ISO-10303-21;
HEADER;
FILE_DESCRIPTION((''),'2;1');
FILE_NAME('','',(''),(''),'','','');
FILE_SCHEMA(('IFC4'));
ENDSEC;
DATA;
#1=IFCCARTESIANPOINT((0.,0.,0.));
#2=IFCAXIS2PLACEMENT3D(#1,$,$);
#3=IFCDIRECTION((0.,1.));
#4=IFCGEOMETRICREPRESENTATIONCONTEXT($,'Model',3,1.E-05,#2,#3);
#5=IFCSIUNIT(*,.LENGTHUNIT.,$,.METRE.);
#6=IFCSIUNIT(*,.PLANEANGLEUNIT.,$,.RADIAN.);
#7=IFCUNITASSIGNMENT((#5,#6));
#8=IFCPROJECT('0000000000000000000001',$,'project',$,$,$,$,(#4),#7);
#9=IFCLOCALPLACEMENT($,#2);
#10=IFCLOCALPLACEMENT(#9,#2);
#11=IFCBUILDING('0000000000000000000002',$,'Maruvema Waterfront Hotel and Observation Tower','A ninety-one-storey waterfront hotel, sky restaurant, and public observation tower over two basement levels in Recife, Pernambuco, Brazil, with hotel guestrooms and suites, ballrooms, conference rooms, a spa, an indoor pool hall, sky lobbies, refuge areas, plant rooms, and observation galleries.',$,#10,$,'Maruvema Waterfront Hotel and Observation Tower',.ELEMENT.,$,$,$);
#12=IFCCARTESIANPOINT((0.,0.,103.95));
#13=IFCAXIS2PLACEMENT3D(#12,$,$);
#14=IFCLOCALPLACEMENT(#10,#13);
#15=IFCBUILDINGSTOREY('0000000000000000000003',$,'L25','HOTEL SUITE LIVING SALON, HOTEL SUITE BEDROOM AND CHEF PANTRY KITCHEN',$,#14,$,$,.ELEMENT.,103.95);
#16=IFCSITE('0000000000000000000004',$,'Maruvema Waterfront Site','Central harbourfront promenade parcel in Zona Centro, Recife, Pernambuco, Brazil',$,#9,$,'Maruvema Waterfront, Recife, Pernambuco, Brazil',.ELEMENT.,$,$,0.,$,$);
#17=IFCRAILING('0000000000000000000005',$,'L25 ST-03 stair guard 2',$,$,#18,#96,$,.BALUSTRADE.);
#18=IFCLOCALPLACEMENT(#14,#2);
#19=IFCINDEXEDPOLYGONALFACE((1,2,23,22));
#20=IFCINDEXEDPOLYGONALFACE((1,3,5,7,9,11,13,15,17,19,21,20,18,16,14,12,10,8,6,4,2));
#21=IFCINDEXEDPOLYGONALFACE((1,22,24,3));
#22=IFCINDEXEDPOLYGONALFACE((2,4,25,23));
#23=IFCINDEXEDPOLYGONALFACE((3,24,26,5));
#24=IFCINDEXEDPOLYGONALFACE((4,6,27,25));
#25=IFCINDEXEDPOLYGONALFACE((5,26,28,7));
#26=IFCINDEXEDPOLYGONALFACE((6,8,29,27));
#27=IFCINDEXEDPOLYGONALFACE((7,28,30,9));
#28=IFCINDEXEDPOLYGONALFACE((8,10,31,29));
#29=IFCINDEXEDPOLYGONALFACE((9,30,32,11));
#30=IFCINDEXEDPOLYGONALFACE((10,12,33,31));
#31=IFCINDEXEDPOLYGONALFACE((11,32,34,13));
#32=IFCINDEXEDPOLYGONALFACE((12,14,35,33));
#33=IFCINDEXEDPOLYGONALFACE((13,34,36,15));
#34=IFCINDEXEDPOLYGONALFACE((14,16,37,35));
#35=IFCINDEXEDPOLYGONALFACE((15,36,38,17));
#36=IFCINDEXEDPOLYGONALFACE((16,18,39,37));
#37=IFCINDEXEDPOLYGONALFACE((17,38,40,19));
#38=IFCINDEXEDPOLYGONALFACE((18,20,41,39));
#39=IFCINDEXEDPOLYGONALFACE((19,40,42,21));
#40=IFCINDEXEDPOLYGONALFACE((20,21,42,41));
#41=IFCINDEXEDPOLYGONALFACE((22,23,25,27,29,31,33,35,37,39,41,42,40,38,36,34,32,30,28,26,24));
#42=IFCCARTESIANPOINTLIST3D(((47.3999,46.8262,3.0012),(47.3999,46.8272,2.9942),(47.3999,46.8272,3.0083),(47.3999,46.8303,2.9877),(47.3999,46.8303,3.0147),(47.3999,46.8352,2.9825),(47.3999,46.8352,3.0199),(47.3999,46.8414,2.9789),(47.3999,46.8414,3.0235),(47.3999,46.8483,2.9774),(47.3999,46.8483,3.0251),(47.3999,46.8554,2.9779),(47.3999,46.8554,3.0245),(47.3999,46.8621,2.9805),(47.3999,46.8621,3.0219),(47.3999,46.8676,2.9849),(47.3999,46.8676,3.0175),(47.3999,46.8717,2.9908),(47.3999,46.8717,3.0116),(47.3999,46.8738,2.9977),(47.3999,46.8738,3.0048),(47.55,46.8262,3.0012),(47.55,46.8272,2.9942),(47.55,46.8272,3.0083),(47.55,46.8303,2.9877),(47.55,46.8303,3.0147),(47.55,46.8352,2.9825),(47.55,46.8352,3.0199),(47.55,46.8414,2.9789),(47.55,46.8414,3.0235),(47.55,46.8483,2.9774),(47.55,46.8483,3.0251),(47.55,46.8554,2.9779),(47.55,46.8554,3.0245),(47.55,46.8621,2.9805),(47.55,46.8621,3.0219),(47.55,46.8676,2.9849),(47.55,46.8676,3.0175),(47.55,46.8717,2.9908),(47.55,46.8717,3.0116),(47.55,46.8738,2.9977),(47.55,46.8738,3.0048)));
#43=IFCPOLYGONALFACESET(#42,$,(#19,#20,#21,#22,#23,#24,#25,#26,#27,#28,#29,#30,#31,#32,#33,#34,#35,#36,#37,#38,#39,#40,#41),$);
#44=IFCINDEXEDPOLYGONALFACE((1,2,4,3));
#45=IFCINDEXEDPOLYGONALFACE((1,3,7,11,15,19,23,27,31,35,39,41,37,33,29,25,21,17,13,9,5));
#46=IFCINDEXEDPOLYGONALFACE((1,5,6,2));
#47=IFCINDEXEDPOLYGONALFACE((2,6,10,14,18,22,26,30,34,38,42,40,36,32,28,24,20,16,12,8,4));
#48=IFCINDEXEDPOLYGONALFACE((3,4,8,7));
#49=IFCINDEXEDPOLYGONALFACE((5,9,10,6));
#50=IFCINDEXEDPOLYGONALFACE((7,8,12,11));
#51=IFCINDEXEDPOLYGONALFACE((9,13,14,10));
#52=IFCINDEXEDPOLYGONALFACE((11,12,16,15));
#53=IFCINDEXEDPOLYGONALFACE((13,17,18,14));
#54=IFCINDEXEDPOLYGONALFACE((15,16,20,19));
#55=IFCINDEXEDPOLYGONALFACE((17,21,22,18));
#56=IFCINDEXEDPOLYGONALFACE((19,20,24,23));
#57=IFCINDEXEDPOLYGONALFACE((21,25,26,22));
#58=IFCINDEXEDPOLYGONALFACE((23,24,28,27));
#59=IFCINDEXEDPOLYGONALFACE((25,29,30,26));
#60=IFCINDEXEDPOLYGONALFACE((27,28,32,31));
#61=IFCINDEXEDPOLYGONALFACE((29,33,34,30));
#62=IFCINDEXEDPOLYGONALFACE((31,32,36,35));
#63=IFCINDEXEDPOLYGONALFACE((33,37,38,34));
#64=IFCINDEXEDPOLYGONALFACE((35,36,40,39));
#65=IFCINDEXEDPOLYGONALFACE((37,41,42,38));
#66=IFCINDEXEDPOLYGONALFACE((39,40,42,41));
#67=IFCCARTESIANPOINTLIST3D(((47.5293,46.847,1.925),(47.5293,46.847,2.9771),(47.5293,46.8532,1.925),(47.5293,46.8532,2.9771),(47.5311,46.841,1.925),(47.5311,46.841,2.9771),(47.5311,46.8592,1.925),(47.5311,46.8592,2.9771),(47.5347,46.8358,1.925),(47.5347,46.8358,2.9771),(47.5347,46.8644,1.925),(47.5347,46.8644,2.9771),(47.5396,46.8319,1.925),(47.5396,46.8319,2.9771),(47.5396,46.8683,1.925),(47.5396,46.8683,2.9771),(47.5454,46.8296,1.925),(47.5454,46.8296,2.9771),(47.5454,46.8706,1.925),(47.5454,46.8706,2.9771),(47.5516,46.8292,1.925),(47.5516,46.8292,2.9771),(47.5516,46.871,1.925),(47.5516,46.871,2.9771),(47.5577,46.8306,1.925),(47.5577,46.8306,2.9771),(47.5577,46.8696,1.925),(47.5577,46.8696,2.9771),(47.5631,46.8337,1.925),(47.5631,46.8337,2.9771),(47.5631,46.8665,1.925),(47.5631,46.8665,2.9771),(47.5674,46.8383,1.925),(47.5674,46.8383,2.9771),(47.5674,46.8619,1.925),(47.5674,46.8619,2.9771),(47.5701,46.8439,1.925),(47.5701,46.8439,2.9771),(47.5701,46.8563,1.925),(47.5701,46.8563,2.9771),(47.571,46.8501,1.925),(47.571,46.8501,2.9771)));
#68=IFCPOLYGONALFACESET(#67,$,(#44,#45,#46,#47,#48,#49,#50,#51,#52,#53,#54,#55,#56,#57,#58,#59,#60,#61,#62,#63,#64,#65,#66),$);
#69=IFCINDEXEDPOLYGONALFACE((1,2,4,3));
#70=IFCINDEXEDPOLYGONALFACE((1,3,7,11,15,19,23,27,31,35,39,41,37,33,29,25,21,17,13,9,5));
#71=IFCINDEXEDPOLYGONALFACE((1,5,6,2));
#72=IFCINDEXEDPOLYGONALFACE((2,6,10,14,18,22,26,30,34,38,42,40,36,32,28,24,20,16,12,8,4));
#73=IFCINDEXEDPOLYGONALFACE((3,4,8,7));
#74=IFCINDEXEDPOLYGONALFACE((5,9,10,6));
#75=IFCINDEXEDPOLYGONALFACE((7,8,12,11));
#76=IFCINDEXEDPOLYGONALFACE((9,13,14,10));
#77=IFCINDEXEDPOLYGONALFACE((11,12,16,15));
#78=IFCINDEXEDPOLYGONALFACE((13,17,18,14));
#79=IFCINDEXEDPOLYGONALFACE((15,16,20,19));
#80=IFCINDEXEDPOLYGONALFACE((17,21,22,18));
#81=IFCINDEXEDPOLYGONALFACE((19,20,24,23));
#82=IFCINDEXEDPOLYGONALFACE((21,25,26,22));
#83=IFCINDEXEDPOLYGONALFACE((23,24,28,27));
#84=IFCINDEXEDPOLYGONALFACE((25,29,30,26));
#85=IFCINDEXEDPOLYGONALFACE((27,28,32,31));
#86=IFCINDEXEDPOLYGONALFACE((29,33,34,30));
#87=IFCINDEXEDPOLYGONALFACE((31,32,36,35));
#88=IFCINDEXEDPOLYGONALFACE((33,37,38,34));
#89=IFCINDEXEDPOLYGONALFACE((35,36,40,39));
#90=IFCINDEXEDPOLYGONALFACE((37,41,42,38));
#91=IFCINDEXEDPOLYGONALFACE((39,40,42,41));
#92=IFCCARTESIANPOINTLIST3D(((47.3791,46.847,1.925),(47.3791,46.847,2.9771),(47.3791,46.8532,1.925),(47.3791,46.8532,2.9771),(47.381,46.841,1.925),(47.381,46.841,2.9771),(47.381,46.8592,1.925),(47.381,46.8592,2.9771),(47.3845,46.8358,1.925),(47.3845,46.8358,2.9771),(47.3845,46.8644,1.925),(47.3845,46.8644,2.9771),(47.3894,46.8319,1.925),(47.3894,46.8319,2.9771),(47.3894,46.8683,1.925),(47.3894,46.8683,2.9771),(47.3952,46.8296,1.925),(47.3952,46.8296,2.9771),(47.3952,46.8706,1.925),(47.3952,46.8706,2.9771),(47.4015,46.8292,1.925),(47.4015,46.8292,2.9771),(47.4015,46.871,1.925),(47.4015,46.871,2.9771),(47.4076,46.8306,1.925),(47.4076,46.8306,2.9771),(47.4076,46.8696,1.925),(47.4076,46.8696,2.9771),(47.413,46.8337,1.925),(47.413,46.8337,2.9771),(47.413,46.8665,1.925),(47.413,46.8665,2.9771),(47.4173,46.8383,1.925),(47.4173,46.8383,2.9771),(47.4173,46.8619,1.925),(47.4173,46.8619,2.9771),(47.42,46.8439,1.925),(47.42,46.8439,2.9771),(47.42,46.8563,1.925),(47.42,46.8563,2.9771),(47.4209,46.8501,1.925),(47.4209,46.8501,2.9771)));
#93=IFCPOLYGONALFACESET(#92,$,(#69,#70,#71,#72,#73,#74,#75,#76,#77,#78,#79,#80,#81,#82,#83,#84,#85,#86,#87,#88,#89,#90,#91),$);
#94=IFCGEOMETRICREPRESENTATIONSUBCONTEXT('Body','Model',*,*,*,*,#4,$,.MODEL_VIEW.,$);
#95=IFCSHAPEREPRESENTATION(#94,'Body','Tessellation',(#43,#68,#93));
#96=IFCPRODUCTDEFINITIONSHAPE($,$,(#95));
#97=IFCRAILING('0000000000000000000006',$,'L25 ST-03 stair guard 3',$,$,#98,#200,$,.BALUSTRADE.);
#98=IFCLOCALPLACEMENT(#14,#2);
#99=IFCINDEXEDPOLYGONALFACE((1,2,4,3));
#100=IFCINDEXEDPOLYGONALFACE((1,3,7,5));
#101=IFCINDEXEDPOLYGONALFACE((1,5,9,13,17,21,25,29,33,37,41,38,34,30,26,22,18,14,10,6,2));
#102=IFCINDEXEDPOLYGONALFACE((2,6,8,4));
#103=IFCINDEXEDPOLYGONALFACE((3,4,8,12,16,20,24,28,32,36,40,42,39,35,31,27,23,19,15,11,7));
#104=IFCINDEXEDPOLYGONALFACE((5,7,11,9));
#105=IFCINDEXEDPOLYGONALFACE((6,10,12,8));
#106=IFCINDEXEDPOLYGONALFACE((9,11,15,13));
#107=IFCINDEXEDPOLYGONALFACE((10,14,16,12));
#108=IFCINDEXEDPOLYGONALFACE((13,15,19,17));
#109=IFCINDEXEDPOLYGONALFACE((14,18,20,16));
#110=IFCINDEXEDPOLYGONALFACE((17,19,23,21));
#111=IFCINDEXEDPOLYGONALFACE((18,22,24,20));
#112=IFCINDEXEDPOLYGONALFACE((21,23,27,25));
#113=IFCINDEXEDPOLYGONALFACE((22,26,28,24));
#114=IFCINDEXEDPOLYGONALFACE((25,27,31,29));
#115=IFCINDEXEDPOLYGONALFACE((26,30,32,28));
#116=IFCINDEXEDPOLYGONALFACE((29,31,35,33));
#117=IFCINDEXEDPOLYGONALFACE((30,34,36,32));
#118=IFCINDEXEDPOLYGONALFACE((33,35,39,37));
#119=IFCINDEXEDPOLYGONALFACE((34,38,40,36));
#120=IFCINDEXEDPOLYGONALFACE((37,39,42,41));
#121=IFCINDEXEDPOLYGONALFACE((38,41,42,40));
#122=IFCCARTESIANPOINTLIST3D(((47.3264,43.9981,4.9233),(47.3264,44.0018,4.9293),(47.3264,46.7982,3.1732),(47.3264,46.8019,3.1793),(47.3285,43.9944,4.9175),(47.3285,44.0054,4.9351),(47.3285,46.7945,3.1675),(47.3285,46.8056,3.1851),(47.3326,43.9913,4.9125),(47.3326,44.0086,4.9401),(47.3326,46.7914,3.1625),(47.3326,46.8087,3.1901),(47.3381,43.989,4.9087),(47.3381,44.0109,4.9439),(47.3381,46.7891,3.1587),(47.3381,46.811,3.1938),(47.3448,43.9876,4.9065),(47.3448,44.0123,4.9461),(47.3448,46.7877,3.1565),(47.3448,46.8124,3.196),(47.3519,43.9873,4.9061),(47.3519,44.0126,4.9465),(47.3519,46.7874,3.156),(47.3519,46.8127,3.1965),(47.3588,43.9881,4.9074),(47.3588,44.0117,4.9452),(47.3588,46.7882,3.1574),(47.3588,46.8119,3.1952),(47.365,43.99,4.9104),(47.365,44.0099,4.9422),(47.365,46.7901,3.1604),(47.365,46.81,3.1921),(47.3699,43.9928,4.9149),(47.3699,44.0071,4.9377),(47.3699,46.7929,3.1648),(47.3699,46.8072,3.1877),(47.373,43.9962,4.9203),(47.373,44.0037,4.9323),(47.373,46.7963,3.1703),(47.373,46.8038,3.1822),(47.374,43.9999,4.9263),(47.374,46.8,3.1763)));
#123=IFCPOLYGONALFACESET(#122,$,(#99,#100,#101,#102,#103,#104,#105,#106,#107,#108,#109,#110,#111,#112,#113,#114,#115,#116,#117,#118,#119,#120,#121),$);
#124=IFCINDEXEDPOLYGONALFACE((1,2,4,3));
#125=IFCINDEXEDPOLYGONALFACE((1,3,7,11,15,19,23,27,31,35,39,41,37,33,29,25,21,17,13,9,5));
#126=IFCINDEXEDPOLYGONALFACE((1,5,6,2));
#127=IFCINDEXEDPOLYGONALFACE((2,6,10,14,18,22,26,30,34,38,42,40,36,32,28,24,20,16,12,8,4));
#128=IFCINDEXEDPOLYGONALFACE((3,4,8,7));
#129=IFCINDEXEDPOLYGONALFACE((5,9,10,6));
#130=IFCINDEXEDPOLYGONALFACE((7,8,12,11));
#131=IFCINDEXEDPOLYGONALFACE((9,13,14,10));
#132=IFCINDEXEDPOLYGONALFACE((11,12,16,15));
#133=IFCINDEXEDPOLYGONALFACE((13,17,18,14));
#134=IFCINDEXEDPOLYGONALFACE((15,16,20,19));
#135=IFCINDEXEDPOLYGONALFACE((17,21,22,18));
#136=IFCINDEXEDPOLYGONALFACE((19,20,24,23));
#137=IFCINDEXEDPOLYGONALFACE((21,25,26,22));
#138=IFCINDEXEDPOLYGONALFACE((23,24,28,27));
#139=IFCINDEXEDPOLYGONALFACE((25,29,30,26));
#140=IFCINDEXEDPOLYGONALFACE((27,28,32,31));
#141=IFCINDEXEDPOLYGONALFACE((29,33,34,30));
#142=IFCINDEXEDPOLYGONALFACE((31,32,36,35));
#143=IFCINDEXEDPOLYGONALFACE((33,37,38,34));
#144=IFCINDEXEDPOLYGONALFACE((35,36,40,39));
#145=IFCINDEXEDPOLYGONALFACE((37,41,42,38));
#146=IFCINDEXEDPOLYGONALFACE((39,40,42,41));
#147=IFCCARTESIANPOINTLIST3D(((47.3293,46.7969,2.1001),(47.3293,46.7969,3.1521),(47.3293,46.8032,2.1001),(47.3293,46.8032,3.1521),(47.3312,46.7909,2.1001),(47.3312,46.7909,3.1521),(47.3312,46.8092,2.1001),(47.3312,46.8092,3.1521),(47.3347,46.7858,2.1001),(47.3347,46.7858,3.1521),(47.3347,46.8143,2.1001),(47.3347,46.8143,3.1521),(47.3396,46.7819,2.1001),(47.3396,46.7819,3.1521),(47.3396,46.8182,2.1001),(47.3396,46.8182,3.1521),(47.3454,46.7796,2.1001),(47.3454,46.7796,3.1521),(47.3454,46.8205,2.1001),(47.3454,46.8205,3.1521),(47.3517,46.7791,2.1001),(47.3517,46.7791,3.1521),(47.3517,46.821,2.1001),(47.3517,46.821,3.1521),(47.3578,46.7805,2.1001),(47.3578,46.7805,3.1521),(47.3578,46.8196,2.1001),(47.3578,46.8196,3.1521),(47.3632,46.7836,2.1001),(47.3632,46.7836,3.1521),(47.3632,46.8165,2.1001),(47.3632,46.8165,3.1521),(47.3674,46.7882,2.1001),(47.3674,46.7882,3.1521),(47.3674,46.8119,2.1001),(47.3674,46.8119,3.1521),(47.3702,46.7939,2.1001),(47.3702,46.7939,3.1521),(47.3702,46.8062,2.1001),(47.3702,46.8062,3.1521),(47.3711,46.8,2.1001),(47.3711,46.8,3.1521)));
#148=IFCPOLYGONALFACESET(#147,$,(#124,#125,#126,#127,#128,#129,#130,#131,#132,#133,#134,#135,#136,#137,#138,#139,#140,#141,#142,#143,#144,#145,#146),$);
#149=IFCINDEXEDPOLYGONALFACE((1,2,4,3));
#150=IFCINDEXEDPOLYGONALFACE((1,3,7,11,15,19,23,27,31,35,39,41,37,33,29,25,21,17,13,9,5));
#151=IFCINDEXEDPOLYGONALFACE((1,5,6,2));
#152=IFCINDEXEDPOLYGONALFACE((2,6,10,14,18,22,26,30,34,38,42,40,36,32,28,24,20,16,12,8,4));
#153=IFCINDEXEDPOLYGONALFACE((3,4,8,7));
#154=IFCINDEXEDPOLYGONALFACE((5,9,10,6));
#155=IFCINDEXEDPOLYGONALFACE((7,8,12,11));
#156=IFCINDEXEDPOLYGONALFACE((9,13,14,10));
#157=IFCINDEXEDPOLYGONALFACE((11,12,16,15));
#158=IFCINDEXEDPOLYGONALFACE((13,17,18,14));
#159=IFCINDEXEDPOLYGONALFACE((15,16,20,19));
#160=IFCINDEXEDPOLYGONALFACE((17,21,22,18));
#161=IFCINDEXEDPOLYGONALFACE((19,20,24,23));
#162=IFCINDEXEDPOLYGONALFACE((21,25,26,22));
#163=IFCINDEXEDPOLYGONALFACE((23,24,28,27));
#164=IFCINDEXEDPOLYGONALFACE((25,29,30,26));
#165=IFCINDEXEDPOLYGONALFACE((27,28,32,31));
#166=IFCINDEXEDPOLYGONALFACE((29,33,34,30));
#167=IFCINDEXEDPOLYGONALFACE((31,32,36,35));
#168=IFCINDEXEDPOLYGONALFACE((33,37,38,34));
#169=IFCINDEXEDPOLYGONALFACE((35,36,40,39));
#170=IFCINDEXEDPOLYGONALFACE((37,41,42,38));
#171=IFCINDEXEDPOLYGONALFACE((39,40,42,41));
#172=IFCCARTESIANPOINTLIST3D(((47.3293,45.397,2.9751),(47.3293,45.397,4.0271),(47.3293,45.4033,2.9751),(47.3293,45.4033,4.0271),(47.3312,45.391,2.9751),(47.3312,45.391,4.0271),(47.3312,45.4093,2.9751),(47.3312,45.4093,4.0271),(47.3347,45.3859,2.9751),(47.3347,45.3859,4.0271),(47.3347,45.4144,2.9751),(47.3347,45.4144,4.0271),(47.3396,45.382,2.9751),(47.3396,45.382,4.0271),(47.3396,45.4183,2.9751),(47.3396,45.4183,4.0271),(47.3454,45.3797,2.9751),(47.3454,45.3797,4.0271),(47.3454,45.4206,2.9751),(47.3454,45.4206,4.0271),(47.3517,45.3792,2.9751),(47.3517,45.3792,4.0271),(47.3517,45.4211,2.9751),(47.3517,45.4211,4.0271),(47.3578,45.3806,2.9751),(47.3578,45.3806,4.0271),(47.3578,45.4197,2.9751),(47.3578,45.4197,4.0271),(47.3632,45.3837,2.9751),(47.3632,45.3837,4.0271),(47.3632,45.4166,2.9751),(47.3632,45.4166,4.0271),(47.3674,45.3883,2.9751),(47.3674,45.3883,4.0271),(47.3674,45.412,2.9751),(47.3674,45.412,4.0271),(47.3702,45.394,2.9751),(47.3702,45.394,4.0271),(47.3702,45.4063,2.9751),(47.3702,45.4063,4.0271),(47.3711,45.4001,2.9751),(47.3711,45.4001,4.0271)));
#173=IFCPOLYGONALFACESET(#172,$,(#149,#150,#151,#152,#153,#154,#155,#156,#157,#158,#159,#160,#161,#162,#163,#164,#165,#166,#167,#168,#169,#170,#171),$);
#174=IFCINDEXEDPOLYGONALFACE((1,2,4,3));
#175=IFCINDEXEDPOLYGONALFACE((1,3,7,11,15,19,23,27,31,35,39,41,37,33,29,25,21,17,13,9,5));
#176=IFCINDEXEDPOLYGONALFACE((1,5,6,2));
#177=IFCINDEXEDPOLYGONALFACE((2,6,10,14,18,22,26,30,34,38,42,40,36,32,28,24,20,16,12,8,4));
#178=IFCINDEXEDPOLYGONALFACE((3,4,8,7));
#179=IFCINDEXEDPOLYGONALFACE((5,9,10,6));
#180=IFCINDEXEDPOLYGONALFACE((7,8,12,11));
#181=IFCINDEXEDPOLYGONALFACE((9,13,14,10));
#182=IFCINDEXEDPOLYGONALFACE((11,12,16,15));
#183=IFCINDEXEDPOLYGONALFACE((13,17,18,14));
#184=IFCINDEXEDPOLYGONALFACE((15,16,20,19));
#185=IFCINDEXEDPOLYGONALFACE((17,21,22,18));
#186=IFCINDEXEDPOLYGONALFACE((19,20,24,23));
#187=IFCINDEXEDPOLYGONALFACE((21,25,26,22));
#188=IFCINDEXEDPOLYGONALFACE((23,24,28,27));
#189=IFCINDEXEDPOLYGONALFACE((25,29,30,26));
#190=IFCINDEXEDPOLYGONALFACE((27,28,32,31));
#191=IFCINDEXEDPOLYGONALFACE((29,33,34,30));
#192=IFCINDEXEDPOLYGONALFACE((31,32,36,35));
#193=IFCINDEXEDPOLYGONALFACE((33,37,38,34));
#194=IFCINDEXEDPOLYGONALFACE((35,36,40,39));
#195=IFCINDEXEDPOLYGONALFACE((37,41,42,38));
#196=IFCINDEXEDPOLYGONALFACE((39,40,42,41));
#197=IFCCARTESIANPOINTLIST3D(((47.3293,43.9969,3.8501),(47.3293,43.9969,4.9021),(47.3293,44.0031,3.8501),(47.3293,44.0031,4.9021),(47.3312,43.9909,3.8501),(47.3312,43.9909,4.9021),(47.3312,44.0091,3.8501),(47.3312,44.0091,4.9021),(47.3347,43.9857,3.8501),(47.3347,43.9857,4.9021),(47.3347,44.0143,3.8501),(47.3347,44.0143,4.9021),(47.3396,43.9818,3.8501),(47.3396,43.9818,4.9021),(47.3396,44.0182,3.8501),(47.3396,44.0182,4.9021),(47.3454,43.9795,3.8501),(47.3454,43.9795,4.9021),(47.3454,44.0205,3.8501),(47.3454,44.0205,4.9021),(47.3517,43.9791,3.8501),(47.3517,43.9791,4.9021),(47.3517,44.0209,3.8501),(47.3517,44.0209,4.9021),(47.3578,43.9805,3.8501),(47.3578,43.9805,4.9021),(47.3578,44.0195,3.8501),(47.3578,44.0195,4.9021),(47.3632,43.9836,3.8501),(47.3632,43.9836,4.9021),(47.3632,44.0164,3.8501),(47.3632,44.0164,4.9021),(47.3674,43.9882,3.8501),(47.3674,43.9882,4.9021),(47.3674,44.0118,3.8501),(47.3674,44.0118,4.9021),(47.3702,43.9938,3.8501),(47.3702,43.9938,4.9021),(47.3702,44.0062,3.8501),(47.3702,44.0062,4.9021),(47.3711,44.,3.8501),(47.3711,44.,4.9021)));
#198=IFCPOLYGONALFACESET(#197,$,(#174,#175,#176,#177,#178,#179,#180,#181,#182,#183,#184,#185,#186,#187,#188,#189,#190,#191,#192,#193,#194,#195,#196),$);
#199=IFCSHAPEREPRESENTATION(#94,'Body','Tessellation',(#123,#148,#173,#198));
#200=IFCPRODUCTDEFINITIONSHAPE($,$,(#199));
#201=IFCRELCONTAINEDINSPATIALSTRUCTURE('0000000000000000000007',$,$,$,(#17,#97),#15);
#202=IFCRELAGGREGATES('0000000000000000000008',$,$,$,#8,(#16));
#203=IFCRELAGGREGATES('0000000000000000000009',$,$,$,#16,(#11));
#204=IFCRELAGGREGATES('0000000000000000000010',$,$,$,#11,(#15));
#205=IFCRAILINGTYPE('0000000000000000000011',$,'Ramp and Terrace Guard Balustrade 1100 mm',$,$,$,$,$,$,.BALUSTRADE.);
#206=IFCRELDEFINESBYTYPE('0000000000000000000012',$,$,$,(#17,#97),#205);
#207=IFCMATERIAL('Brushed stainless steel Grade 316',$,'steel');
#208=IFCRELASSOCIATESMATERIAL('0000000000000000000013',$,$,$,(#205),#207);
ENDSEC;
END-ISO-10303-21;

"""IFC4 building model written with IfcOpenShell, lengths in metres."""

from ifc_helpers import new_model, si_unit, direction, frame, origin, origin_2d, place, context, subcontext, project, spatial, circle, extrude, material, type_object, element, save


model = new_model("IFC4")

# Units and contexts
model_context = context("Model", 3, precision=1e-05, world=origin(), true_north=direction((0.0, 1.0)))
body_context = subcontext(model_context, "Body", "Model", "MODEL_VIEW")
ifc_project = project(units=[si_unit("LENGTHUNIT", "METRE"), si_unit("PLANEANGLEUNIT", "RADIAN")], contexts=[model_context])

# Site, building, storey
site_placement = place(None, origin())
site = spatial("IfcSite", under=ifc_project, at=site_placement, Name="Maruvema Waterfront Site", Description="Central harbourfront promenade parcel in Zona Centro, Recife, Pernambuco, Brazil", LongName="Maruvema Waterfront, Recife, Pernambuco, Brazil", CompositionType="ELEMENT", RefElevation=0.0)
building_placement = place(site_placement, origin())
building = spatial("IfcBuilding", under=site, at=building_placement, Name="Maruvema Waterfront Hotel and Observation Tower", Description="A ninety-one-storey waterfront hotel, sky restaurant, and public observation tower over two basement levels in Recife, Pernambuco, Brazil, with hotel guestrooms and suites, ballrooms, conference rooms, a spa, an indoor pool hall, sky lobbies, refuge areas, plant rooms, and observation galleries.", LongName="Maruvema Waterfront Hotel and Observation Tower", CompositionType="ELEMENT")
storey_placement = place(building_placement, frame((0.0, 0.0, 103.95)))
storey = spatial("IfcBuildingStorey", under=building, at=storey_placement, Name="L25", Description="HOTEL SUITE LIVING SALON, HOTEL SUITE BEDROOM AND CHEF PANTRY KITCHEN", CompositionType="ELEMENT", Elevation=103.95)

# Railings
ifc_material_1 = material(Name="Brushed stainless steel Grade 316", Category="steel")
railing_type_1 = type_object("IfcRailingType", Name="Ramp and Terrace Guard Balustrade 1100 mm", PredefinedType="BALUSTRADE", material=ifc_material_1)
railing_1_placement = place(storey_placement, frame((47.55, 46.8501, 1.925)))
element("IfcRailing", 1, at=railing_1_placement, inside=storey, type_object=railing_type_1, Name="L25 ST-03 stair guard 2", PredefinedType="BALUSTRADE", context=body_context, shape_type="SweptSolid", body=[
    extrude(circle(Radius=0.0239, at=origin_2d()), frame((0.0, 0.0, 1.0762), z_axis=(-1.0, 0.0, 0.0), x_axis=(0.0, -1.0, 0.0)), (0.0, 0.0, 1.0), 0.1501),
    extrude(circle(Radius=0.021, at=origin_2d()), origin(), (0.0, 0.0, 1.0), 1.052),
    extrude(circle(Radius=0.021, at=origin_2d()), frame((-0.1501, 0.0, 0.0)), (0.0, 0.0, 1.0), 1.052),
])
railing_2_placement = place(storey_placement, frame((47.3501, 46.8, 2.1001)))
element("IfcRailing", 2, at=railing_2_placement, inside=storey, type_object=railing_type_1, Name="L25 ST-03 stair guard 3", PredefinedType="BALUSTRADE", context=body_context, shape_type="SweptSolid", body=[
    extrude(circle(Radius=0.0239, at=origin_2d()), frame((0.0, 0.0, 1.0762), z_axis=(0.0, -0.848002, 0.529992), x_axis=(1.0, 0.0, 0.0)), (0.0, 0.0, 1.0), 3.302),
    extrude(circle(Radius=0.021, at=origin_2d()), origin(), (0.0, 0.0, 1.0), 1.052),
    extrude(circle(Radius=0.021, at=origin_2d()), frame((0.0, -1.3999, 0.875)), (0.0, 0.0, 1.0), 1.052),
    extrude(circle(Radius=0.021, at=origin_2d()), frame((0.0, -2.8, 1.75)), (0.0, 0.0, 1.0), 1.052),
])

save(model, "model.ifc")
